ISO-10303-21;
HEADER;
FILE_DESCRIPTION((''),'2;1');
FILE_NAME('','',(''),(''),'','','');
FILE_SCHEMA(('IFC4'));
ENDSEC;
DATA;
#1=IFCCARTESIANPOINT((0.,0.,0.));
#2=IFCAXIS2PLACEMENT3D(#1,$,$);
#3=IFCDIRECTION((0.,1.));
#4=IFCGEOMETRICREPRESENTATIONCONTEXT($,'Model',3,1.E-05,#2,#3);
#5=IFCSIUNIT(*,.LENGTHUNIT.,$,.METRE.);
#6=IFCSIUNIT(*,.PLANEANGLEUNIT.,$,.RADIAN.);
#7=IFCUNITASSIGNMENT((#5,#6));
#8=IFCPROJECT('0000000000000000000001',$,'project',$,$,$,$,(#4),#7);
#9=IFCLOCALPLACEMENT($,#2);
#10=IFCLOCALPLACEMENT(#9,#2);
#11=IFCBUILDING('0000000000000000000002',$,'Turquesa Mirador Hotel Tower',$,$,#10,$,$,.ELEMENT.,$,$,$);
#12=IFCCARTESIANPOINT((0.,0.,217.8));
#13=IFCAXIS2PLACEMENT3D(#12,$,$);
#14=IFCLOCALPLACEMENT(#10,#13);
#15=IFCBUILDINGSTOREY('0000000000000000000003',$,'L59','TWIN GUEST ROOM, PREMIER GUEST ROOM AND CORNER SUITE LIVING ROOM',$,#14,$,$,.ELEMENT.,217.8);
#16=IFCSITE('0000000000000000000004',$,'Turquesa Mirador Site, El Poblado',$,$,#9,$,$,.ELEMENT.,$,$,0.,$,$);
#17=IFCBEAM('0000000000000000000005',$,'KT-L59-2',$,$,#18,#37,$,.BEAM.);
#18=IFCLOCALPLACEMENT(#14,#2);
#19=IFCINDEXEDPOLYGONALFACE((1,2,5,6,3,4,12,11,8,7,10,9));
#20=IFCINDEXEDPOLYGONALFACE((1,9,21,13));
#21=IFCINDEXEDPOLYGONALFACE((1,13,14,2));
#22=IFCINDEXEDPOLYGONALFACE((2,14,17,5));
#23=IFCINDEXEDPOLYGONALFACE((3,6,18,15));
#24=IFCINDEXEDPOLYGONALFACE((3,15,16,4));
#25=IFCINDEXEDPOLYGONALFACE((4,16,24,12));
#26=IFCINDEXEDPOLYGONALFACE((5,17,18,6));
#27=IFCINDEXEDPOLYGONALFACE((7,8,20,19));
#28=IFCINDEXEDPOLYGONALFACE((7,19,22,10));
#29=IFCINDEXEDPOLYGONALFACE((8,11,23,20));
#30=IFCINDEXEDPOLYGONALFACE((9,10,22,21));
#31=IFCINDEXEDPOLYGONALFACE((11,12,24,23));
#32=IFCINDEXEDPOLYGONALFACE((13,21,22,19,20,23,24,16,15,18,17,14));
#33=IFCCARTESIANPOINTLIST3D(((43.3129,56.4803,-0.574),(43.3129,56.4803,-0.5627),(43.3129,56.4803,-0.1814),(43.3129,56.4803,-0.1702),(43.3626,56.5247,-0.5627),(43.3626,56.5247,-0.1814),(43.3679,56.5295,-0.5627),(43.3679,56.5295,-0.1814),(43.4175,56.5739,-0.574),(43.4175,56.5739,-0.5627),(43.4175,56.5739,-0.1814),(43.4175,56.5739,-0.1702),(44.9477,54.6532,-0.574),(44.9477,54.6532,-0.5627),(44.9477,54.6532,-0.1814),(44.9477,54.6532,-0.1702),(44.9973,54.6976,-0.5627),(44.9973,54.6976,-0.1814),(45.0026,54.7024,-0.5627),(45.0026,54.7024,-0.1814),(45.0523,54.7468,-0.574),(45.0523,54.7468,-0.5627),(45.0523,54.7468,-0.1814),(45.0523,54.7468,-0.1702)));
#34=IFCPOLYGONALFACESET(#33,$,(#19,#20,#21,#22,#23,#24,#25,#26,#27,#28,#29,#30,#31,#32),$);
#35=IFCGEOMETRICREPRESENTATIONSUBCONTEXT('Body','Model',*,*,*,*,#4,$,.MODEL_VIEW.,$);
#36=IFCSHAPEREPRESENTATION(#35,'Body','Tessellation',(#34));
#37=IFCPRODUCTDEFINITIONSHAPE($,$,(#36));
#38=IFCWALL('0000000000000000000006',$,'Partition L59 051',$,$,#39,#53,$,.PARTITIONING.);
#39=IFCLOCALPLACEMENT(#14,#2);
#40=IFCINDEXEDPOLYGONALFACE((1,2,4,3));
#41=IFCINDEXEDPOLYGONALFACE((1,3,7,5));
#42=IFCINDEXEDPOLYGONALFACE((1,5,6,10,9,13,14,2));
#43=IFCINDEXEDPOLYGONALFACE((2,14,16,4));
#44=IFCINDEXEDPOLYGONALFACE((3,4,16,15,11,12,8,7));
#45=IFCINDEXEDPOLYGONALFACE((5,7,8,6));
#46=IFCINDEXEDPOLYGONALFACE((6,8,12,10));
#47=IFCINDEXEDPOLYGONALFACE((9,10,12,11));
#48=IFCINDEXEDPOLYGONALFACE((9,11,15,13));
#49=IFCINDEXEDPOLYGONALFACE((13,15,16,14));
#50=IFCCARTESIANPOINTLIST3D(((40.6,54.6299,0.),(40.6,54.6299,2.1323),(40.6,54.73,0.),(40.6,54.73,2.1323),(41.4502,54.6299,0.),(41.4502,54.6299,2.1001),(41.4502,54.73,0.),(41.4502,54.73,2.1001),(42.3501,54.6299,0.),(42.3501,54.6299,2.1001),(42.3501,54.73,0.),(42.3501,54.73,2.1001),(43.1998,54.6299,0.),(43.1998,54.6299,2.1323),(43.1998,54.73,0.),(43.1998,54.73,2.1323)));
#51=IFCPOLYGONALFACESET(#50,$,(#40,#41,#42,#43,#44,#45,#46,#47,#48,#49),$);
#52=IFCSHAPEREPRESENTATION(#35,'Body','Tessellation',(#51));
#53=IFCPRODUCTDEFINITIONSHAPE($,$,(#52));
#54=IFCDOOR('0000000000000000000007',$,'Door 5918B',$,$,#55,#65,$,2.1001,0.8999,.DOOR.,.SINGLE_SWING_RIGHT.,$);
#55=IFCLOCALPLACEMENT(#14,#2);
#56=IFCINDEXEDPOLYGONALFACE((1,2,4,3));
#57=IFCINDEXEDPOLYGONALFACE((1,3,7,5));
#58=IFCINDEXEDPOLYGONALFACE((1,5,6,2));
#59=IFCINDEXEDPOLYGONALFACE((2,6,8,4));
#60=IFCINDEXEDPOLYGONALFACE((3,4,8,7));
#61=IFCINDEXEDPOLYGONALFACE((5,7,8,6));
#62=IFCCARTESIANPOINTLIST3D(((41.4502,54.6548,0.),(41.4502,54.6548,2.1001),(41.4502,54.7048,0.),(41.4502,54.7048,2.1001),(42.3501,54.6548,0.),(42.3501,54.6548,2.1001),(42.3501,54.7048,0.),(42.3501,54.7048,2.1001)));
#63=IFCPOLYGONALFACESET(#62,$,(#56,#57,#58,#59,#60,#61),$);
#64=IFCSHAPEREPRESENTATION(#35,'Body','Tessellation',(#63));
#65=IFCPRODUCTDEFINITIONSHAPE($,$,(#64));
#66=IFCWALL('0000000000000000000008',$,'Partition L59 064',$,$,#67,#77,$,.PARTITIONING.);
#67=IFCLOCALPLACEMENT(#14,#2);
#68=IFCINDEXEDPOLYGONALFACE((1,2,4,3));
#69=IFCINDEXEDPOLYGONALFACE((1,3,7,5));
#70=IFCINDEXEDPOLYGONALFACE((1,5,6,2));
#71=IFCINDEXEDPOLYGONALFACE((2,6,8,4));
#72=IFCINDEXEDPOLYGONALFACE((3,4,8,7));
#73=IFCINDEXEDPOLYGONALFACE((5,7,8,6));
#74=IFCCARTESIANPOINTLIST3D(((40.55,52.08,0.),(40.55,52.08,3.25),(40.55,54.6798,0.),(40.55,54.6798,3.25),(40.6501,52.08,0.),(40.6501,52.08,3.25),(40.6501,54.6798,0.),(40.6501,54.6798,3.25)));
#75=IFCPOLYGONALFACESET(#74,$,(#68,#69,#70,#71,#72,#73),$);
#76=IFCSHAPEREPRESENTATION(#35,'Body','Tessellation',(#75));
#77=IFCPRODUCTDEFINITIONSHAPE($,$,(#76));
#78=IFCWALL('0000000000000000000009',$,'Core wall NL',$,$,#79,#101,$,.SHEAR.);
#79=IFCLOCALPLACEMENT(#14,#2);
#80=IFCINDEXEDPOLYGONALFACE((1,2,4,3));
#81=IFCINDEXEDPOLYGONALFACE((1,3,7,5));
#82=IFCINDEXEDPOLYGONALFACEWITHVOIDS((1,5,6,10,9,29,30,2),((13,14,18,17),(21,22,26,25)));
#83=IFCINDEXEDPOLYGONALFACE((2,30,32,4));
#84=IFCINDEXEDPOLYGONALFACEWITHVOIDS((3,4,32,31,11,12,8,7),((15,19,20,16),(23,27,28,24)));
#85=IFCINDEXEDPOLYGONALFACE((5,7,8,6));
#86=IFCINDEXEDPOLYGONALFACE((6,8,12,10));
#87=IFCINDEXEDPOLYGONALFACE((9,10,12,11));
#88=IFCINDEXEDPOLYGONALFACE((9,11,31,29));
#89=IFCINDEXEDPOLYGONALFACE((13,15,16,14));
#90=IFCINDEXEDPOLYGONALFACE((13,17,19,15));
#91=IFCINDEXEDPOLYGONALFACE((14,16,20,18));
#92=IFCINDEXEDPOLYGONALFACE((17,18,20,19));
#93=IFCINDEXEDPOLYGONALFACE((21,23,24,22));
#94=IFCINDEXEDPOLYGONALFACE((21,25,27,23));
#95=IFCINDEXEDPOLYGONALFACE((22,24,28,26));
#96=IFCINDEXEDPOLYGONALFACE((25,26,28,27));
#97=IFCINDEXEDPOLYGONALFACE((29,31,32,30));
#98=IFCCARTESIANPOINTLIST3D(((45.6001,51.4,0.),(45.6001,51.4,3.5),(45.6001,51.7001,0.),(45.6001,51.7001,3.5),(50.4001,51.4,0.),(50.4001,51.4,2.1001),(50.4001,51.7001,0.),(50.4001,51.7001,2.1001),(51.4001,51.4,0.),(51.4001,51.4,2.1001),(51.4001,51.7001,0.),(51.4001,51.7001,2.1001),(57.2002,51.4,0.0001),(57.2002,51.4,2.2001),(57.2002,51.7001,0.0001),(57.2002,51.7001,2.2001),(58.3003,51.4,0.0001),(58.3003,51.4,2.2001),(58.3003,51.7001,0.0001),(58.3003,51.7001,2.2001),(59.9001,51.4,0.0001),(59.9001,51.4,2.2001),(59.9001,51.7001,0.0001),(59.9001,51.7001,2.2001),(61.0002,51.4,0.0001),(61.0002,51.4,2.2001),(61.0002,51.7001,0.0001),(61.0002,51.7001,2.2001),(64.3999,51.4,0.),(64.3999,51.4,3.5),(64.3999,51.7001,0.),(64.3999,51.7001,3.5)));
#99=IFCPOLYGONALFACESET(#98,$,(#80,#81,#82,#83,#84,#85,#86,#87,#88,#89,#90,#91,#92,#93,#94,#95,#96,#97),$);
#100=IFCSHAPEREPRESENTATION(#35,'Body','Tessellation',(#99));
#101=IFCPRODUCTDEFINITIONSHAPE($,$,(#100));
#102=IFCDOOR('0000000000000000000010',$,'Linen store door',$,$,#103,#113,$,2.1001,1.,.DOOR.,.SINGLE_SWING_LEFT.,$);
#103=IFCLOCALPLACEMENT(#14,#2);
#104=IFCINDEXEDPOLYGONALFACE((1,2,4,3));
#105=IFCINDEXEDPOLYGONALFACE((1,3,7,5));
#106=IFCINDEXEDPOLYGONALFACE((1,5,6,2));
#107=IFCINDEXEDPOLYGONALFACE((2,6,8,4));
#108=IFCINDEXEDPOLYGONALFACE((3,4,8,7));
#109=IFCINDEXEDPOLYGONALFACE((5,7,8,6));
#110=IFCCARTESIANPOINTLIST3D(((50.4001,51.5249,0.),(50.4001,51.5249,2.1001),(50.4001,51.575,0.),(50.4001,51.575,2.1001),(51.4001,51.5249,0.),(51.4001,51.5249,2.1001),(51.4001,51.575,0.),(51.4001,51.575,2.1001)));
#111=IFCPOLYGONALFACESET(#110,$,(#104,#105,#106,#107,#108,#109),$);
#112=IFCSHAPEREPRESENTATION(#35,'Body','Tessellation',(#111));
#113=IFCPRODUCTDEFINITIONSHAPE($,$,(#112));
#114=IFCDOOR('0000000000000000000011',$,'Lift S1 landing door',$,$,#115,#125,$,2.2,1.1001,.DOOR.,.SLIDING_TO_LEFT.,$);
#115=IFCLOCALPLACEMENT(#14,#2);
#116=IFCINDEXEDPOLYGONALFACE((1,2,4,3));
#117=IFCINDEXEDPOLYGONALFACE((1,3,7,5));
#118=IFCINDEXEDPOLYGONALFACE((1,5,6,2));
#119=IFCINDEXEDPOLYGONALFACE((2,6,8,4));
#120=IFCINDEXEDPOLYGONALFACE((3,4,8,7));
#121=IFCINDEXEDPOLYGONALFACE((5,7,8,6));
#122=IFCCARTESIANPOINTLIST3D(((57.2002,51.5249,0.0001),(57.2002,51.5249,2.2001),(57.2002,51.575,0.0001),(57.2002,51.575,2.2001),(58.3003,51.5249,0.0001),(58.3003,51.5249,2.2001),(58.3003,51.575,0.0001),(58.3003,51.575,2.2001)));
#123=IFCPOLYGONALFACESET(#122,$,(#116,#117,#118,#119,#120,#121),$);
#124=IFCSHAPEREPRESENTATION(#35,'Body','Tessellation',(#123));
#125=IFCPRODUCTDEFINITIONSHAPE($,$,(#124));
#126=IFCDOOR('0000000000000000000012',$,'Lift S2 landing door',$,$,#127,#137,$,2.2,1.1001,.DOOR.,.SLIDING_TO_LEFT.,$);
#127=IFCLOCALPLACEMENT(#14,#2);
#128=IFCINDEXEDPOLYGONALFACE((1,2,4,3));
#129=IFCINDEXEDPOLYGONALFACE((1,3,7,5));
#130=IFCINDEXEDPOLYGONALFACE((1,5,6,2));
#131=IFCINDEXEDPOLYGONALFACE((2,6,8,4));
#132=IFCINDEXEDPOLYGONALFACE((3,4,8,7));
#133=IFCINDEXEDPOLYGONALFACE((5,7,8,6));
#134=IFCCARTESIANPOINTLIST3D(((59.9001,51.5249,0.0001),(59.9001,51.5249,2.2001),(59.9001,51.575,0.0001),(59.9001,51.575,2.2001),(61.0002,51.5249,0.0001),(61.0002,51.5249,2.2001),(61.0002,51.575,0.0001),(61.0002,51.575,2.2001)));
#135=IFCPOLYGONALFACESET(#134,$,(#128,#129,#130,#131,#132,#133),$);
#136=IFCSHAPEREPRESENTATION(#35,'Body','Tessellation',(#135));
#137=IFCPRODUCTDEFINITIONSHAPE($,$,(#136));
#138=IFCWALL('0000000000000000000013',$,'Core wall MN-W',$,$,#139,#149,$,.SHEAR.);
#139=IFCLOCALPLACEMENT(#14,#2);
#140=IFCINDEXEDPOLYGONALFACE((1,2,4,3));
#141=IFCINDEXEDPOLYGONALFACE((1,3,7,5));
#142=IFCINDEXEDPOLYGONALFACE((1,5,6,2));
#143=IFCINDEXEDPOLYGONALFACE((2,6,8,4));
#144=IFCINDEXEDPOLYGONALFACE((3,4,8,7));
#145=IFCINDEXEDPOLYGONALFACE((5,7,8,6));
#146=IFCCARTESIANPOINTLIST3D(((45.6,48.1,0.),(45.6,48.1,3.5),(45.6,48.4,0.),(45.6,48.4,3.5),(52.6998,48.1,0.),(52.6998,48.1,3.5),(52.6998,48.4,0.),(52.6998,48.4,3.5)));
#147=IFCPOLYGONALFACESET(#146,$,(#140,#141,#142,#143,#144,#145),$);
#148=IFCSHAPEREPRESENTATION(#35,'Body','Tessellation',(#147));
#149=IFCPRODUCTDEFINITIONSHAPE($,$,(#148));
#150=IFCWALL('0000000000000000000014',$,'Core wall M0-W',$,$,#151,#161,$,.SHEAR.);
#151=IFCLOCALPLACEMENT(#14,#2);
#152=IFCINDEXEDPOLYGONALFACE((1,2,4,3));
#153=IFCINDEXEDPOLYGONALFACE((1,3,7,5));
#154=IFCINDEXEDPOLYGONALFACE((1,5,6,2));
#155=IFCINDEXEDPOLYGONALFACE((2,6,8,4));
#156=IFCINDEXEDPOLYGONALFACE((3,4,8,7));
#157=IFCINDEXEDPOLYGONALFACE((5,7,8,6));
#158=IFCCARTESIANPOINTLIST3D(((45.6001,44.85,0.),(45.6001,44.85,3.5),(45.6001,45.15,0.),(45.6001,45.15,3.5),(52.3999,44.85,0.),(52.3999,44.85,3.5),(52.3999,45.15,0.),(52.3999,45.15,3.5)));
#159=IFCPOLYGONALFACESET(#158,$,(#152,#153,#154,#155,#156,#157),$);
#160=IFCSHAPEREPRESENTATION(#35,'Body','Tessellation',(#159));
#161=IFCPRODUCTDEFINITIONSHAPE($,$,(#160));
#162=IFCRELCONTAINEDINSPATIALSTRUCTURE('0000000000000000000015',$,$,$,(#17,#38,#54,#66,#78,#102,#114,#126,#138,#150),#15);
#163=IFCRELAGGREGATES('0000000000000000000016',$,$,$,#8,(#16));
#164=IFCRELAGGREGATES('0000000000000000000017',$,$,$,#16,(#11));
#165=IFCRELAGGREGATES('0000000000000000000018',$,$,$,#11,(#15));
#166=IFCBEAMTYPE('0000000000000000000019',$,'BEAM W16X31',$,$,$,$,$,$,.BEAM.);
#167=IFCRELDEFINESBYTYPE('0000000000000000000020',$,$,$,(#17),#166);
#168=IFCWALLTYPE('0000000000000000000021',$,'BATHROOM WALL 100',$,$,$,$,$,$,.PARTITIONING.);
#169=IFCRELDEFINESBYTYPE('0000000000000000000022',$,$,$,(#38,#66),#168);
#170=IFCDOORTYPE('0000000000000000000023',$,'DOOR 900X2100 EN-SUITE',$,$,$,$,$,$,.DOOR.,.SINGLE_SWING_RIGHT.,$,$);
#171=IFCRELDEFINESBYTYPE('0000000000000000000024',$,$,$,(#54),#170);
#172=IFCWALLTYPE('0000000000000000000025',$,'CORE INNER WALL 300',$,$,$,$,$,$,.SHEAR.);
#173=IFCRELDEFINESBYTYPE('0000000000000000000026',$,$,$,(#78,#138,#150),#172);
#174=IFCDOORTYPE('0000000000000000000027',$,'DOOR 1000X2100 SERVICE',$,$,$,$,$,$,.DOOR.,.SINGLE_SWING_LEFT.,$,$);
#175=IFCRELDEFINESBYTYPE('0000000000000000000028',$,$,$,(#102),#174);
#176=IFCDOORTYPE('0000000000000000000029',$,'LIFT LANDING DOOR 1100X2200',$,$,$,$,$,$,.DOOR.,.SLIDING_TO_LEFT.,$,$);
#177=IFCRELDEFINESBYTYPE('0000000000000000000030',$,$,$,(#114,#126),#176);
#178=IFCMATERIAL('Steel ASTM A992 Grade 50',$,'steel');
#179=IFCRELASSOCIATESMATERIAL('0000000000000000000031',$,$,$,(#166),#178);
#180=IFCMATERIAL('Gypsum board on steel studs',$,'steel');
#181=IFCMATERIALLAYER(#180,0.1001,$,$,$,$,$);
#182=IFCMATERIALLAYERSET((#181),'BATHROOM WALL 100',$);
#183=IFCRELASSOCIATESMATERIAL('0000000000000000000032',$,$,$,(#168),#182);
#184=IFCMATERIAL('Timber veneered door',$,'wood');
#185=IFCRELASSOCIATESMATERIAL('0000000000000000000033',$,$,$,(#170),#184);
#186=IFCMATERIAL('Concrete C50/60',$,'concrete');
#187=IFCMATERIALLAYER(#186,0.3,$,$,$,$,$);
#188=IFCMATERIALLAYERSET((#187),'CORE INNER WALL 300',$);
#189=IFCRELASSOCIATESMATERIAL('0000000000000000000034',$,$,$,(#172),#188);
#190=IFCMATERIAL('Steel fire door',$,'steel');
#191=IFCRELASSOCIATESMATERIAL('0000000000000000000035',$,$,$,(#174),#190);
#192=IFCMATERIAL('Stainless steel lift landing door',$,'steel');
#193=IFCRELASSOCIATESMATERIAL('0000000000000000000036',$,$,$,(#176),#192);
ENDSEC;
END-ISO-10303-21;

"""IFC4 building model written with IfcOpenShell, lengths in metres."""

from ifc_helpers import new_model, si_unit, direction, frame, frame_2d, origin, origin_2d, place, context, subcontext, project, spatial, rectangle, i_section, extrude, material, layer, layer_set, material_profile, profile_set, type_object, element, fill, save


model = new_model("IFC4")

# Units and contexts
model_context = context("Model", 3, precision=1e-05, world=origin(), true_north=direction((0.0, 1.0)))
body_context = subcontext(model_context, "Body", "Model", "MODEL_VIEW")
ifc_project = project(units=[si_unit("LENGTHUNIT", "METRE"), si_unit("PLANEANGLEUNIT", "RADIAN")], contexts=[model_context])

# Site, building, storey
site_placement = place(None, origin())
site = spatial("IfcSite", under=ifc_project, at=site_placement, Name="Turquesa Mirador Site, El Poblado", CompositionType="ELEMENT", RefElevation=0.0)
building_placement = place(site_placement, origin())
building = spatial("IfcBuilding", under=site, at=building_placement, Name="Turquesa Mirador Hotel Tower", CompositionType="ELEMENT")
storey_placement = place(building_placement, frame((0.0, 0.0, 217.8)))
storey = spatial("IfcBuildingStorey", under=building, at=storey_placement, Name="L59", Description="TWIN GUEST ROOM, PREMIER GUEST ROOM AND CORNER SUITE LIVING ROOM", CompositionType="ELEMENT", Elevation=217.8)

# Beam
ifc_material_1 = material(Name="Steel ASTM A992 Grade 50", Category="steel")
ifc_material_profile = material_profile(ifc_material_1, i_section(OverallWidth=0.1404, OverallDepth=0.4038, WebThickness=0.0071, FlangeThickness=0.0112, at=origin_2d()), Name="W16X31")
ifc_profile_set = profile_set([ifc_material_profile], Name="Steel ASTM A992 Grade 50")
beam_type = type_object("IfcBeamType", Name="BEAM W16X31", PredefinedType="BEAM", material=ifc_profile_set)
beam_placement = place(storey_placement, frame((43.3652, 56.5271, -0.3721), z_axis=(0.666783, -0.745252, 0.0), x_axis=(0.745252, 0.666783, 0.0)))
element("IfcBeam", 1, at=beam_placement, inside=storey, type_object=beam_type, Name="KT-L59-2", PredefinedType="BEAM", context=body_context, shape_type="SweptSolid", body=[
    extrude(i_section(OverallWidth=0.1404, OverallDepth=0.4038, WebThickness=0.0071, FlangeThickness=0.0112, at=origin_2d()), origin(), (0.0, 0.0, 1.0), 2.4517),
])

# Wall, opening, door
ifc_material_2 = material(Name="Gypsum board on steel studs", Category="steel")
ifc_layer_1 = layer(ifc_material_2, 0.1001)
ifc_layer_set_1 = layer_set([ifc_layer_1], Name="BATHROOM WALL 100")
wall_type_1 = type_object("IfcWallType", Name="BATHROOM WALL 100", PredefinedType="PARTITIONING", material=ifc_layer_set_1)
wall_1_placement = place(storey_placement, frame((40.6001, 54.6799, 0.0), z_axis=(0.0, 0.0, 1.0), x_axis=(1.0, 0.0, 0.0)))
wall_1 = element("IfcWall", 2, at=wall_1_placement, inside=storey, type_object=wall_type_1, Name="Partition L59 051", PredefinedType="PARTITIONING", context=body_context, shape_type="SweptSolid", body=[
    extrude(rectangle(XDim=2.5999, YDim=0.1001, at=frame_2d((1.2998, 0.0))), origin(), (0.0, 0.0, 1.0), 2.1323),
])
opening_1_placement = place(wall_1_placement, frame((0.8501, 0.0, 0.0)))
opening_1 = element("IfcOpeningElement", 3, at=opening_1_placement, cuts=wall_1, PredefinedType="OPENING", context=body_context, shape_type="SweptSolid", body=[
    extrude(rectangle(XDim=0.8999, YDim=2.1001, at=frame_2d((0.45, 1.05))), frame((0.0, 0.0601, 0.0), z_axis=(0.0, -1.0, 0.0), x_axis=(1.0, 0.0, 0.0)), (0.0, 0.0, 1.0), 0.1201),
])
ifc_material_3 = material(Name="Timber veneered door", Category="wood")
door_type_1 = type_object("IfcDoorType", Name="DOOR 900X2100 EN-SUITE", OperationType="SINGLE_SWING_RIGHT", PredefinedType="DOOR", material=ifc_material_3)
door_1_placement = place(opening_1_placement, origin())
door_1 = element("IfcDoor", 4, at=door_1_placement, inside=storey, type_object=door_type_1, Name="Door 5918B", OperationType="SINGLE_SWING_RIGHT", OverallHeight=2.1001, OverallWidth=0.8999, PredefinedType="DOOR", context=body_context, shape_type="SweptSolid", body=[
    extrude(rectangle(XDim=0.8999, YDim=2.1001, at=frame_2d((0.45, 1.05))), frame((0.0, 0.0249, 0.0), z_axis=(0.0, -1.0, 0.0), x_axis=(1.0, 0.0, 0.0)), (0.0, 0.0, 1.0), 0.05),
])
fill(opening_1, door_1)

# Wall
wall_2_placement = place(storey_placement, frame((40.6001, 52.0801, 0.0), z_axis=(0.0, 0.0, 1.0), x_axis=(0.0, 1.0, 0.0)))
element("IfcWall", 5, at=wall_2_placement, inside=storey, type_object=wall_type_1, Name="Partition L59 064", PredefinedType="PARTITIONING", context=body_context, shape_type="SweptSolid", body=[
    extrude(rectangle(XDim=2.5999, YDim=0.1001, at=frame_2d((1.2998, 0.0))), origin(), (0.0, 0.0, 1.0), 3.25),
])

# Wall, openings, doors
ifc_material_4 = material(Name="Concrete C50/60", Category="concrete")
ifc_layer_2 = layer(ifc_material_4, 0.3)
ifc_layer_set_2 = layer_set([ifc_layer_2], Name="CORE INNER WALL 300")
wall_type_2 = type_object("IfcWallType", Name="CORE INNER WALL 300", PredefinedType="SHEAR", material=ifc_layer_set_2)
wall_3_placement = place(storey_placement, frame((45.6001, 51.55, 0.0), z_axis=(0.0, 0.0, 1.0), x_axis=(1.0, 0.0, 0.0)))
wall_3 = element("IfcWall", 6, at=wall_3_placement, inside=storey, type_object=wall_type_2, Name="Core wall NL", PredefinedType="SHEAR", context=body_context, shape_type="SweptSolid", body=[
    extrude(rectangle(XDim=18.7998, YDim=0.3, at=frame_2d((9.3999, 0.0))), origin(), (0.0, 0.0, 1.0), 3.5),
])
opening_2_placement = place(wall_3_placement, frame((4.8, 0.0, 0.0)))
opening_2 = element("IfcOpeningElement", 7, at=opening_2_placement, cuts=wall_3, PredefinedType="OPENING", context=body_context, shape_type="SweptSolid", body=[
    extrude(rectangle(XDim=1.0, YDim=2.1001, at=frame_2d((0.5, 1.05))), frame((0.0, 0.1599, 0.0), z_axis=(0.0, -1.0, 0.0), x_axis=(1.0, 0.0, 0.0)), (0.0, 0.0, 1.0), 0.3201),
])
opening_3_placement = place(wall_3_placement, frame((11.6001, 0.0, 0.0)))
opening_3 = element("IfcOpeningElement", 8, at=opening_3_placement, cuts=wall_3, PredefinedType="OPENING", context=body_context, shape_type="SweptSolid", body=[
    extrude(rectangle(XDim=1.1001, YDim=2.2, at=frame_2d((0.55, 1.1001))), frame((0.0, 0.1599, 0.0), z_axis=(0.0, -1.0, 0.0), x_axis=(1.0, 0.0, 0.0)), (0.0, 0.0, 1.0), 0.3201),
])
opening_4_placement = place(wall_3_placement, frame((14.3, 0.0, 0.0)))
opening_4 = element("IfcOpeningElement", 9, at=opening_4_placement, cuts=wall_3, PredefinedType="OPENING", context=body_context, shape_type="SweptSolid", body=[
    extrude(rectangle(XDim=1.1001, YDim=2.2, at=frame_2d((0.55, 1.1001))), frame((0.0, 0.1599, 0.0), z_axis=(0.0, -1.0, 0.0), x_axis=(1.0, 0.0, 0.0)), (0.0, 0.0, 1.0), 0.3201),
])
ifc_material_5 = material(Name="Steel fire door", Category="steel")
door_type_2 = type_object("IfcDoorType", Name="DOOR 1000X2100 SERVICE", OperationType="SINGLE_SWING_LEFT", PredefinedType="DOOR", material=ifc_material_5)
door_2_placement = place(opening_2_placement, origin())
door_2 = element("IfcDoor", 10, at=door_2_placement, inside=storey, type_object=door_type_2, Name="Linen store door", OperationType="SINGLE_SWING_LEFT", OverallHeight=2.1001, OverallWidth=1.0, PredefinedType="DOOR", context=body_context, shape_type="SweptSolid", body=[
    extrude(rectangle(XDim=1.0, YDim=2.1001, at=frame_2d((0.5, 1.05))), frame((0.0, 0.0249, 0.0), z_axis=(0.0, -1.0, 0.0), x_axis=(1.0, 0.0, 0.0)), (0.0, 0.0, 1.0), 0.05),
])
fill(opening_2, door_2)
ifc_material_6 = material(Name="Stainless steel lift landing door", Category="steel")
door_type_3 = type_object("IfcDoorType", Name="LIFT LANDING DOOR 1100X2200", OperationType="SLIDING_TO_LEFT", PredefinedType="DOOR", material=ifc_material_6)
door_3_placement = place(opening_3_placement, origin())
door_3 = element("IfcDoor", 11, at=door_3_placement, inside=storey, type_object=door_type_3, Name="Lift S1 landing door", OperationType="SLIDING_TO_LEFT", OverallHeight=2.2, OverallWidth=1.1001, PredefinedType="DOOR", context=body_context, shape_type="SweptSolid", body=[
    extrude(rectangle(XDim=1.1001, YDim=2.2, at=frame_2d((0.55, 1.1001))), frame((0.0, 0.0249, 0.0), z_axis=(0.0, -1.0, 0.0), x_axis=(1.0, 0.0, 0.0)), (0.0, 0.0, 1.0), 0.05),
])
fill(opening_3, door_3)
door_4_placement = place(opening_4_placement, origin())
door_4 = element("IfcDoor", 12, at=door_4_placement, inside=storey, type_object=door_type_3, Name="Lift S2 landing door", OperationType="SLIDING_TO_LEFT", OverallHeight=2.2, OverallWidth=1.1001, PredefinedType="DOOR", context=body_context, shape_type="SweptSolid", body=[
    extrude(rectangle(XDim=1.1001, YDim=2.2, at=frame_2d((0.55, 1.1001))), frame((0.0, 0.0249, 0.0), z_axis=(0.0, -1.0, 0.0), x_axis=(1.0, 0.0, 0.0)), (0.0, 0.0, 1.0), 0.05),
])
fill(opening_4, door_4)

# Walls
wall_4_placement = place(storey_placement, frame((45.6001, 48.25, 0.0), z_axis=(0.0, 0.0, 1.0), x_axis=(1.0, 0.0, 0.0)))
element("IfcWall", 13, at=wall_4_placement, inside=storey, type_object=wall_type_2, Name="Core wall MN-W", PredefinedType="SHEAR", context=body_context, shape_type="SweptSolid", body=[
    extrude(rectangle(XDim=7.0999, YDim=0.3, at=frame_2d((3.5498, 0.0))), origin(), (0.0, 0.0, 1.0), 3.5),
])
wall_5_placement = place(storey_placement, frame((45.6001, 45.0, 0.0), z_axis=(0.0, 0.0, 1.0), x_axis=(1.0, 0.0, 0.0)))
element("IfcWall", 14, at=wall_5_placement, inside=storey, type_object=wall_type_2, Name="Core wall M0-W", PredefinedType="SHEAR", context=body_context, shape_type="SweptSolid", body=[
    extrude(rectangle(XDim=6.7998, YDim=0.3, at=frame_2d((3.3999, 0.0))), origin(), (0.0, 0.0, 1.0), 3.5),
])

save(model, "model.ifc")
